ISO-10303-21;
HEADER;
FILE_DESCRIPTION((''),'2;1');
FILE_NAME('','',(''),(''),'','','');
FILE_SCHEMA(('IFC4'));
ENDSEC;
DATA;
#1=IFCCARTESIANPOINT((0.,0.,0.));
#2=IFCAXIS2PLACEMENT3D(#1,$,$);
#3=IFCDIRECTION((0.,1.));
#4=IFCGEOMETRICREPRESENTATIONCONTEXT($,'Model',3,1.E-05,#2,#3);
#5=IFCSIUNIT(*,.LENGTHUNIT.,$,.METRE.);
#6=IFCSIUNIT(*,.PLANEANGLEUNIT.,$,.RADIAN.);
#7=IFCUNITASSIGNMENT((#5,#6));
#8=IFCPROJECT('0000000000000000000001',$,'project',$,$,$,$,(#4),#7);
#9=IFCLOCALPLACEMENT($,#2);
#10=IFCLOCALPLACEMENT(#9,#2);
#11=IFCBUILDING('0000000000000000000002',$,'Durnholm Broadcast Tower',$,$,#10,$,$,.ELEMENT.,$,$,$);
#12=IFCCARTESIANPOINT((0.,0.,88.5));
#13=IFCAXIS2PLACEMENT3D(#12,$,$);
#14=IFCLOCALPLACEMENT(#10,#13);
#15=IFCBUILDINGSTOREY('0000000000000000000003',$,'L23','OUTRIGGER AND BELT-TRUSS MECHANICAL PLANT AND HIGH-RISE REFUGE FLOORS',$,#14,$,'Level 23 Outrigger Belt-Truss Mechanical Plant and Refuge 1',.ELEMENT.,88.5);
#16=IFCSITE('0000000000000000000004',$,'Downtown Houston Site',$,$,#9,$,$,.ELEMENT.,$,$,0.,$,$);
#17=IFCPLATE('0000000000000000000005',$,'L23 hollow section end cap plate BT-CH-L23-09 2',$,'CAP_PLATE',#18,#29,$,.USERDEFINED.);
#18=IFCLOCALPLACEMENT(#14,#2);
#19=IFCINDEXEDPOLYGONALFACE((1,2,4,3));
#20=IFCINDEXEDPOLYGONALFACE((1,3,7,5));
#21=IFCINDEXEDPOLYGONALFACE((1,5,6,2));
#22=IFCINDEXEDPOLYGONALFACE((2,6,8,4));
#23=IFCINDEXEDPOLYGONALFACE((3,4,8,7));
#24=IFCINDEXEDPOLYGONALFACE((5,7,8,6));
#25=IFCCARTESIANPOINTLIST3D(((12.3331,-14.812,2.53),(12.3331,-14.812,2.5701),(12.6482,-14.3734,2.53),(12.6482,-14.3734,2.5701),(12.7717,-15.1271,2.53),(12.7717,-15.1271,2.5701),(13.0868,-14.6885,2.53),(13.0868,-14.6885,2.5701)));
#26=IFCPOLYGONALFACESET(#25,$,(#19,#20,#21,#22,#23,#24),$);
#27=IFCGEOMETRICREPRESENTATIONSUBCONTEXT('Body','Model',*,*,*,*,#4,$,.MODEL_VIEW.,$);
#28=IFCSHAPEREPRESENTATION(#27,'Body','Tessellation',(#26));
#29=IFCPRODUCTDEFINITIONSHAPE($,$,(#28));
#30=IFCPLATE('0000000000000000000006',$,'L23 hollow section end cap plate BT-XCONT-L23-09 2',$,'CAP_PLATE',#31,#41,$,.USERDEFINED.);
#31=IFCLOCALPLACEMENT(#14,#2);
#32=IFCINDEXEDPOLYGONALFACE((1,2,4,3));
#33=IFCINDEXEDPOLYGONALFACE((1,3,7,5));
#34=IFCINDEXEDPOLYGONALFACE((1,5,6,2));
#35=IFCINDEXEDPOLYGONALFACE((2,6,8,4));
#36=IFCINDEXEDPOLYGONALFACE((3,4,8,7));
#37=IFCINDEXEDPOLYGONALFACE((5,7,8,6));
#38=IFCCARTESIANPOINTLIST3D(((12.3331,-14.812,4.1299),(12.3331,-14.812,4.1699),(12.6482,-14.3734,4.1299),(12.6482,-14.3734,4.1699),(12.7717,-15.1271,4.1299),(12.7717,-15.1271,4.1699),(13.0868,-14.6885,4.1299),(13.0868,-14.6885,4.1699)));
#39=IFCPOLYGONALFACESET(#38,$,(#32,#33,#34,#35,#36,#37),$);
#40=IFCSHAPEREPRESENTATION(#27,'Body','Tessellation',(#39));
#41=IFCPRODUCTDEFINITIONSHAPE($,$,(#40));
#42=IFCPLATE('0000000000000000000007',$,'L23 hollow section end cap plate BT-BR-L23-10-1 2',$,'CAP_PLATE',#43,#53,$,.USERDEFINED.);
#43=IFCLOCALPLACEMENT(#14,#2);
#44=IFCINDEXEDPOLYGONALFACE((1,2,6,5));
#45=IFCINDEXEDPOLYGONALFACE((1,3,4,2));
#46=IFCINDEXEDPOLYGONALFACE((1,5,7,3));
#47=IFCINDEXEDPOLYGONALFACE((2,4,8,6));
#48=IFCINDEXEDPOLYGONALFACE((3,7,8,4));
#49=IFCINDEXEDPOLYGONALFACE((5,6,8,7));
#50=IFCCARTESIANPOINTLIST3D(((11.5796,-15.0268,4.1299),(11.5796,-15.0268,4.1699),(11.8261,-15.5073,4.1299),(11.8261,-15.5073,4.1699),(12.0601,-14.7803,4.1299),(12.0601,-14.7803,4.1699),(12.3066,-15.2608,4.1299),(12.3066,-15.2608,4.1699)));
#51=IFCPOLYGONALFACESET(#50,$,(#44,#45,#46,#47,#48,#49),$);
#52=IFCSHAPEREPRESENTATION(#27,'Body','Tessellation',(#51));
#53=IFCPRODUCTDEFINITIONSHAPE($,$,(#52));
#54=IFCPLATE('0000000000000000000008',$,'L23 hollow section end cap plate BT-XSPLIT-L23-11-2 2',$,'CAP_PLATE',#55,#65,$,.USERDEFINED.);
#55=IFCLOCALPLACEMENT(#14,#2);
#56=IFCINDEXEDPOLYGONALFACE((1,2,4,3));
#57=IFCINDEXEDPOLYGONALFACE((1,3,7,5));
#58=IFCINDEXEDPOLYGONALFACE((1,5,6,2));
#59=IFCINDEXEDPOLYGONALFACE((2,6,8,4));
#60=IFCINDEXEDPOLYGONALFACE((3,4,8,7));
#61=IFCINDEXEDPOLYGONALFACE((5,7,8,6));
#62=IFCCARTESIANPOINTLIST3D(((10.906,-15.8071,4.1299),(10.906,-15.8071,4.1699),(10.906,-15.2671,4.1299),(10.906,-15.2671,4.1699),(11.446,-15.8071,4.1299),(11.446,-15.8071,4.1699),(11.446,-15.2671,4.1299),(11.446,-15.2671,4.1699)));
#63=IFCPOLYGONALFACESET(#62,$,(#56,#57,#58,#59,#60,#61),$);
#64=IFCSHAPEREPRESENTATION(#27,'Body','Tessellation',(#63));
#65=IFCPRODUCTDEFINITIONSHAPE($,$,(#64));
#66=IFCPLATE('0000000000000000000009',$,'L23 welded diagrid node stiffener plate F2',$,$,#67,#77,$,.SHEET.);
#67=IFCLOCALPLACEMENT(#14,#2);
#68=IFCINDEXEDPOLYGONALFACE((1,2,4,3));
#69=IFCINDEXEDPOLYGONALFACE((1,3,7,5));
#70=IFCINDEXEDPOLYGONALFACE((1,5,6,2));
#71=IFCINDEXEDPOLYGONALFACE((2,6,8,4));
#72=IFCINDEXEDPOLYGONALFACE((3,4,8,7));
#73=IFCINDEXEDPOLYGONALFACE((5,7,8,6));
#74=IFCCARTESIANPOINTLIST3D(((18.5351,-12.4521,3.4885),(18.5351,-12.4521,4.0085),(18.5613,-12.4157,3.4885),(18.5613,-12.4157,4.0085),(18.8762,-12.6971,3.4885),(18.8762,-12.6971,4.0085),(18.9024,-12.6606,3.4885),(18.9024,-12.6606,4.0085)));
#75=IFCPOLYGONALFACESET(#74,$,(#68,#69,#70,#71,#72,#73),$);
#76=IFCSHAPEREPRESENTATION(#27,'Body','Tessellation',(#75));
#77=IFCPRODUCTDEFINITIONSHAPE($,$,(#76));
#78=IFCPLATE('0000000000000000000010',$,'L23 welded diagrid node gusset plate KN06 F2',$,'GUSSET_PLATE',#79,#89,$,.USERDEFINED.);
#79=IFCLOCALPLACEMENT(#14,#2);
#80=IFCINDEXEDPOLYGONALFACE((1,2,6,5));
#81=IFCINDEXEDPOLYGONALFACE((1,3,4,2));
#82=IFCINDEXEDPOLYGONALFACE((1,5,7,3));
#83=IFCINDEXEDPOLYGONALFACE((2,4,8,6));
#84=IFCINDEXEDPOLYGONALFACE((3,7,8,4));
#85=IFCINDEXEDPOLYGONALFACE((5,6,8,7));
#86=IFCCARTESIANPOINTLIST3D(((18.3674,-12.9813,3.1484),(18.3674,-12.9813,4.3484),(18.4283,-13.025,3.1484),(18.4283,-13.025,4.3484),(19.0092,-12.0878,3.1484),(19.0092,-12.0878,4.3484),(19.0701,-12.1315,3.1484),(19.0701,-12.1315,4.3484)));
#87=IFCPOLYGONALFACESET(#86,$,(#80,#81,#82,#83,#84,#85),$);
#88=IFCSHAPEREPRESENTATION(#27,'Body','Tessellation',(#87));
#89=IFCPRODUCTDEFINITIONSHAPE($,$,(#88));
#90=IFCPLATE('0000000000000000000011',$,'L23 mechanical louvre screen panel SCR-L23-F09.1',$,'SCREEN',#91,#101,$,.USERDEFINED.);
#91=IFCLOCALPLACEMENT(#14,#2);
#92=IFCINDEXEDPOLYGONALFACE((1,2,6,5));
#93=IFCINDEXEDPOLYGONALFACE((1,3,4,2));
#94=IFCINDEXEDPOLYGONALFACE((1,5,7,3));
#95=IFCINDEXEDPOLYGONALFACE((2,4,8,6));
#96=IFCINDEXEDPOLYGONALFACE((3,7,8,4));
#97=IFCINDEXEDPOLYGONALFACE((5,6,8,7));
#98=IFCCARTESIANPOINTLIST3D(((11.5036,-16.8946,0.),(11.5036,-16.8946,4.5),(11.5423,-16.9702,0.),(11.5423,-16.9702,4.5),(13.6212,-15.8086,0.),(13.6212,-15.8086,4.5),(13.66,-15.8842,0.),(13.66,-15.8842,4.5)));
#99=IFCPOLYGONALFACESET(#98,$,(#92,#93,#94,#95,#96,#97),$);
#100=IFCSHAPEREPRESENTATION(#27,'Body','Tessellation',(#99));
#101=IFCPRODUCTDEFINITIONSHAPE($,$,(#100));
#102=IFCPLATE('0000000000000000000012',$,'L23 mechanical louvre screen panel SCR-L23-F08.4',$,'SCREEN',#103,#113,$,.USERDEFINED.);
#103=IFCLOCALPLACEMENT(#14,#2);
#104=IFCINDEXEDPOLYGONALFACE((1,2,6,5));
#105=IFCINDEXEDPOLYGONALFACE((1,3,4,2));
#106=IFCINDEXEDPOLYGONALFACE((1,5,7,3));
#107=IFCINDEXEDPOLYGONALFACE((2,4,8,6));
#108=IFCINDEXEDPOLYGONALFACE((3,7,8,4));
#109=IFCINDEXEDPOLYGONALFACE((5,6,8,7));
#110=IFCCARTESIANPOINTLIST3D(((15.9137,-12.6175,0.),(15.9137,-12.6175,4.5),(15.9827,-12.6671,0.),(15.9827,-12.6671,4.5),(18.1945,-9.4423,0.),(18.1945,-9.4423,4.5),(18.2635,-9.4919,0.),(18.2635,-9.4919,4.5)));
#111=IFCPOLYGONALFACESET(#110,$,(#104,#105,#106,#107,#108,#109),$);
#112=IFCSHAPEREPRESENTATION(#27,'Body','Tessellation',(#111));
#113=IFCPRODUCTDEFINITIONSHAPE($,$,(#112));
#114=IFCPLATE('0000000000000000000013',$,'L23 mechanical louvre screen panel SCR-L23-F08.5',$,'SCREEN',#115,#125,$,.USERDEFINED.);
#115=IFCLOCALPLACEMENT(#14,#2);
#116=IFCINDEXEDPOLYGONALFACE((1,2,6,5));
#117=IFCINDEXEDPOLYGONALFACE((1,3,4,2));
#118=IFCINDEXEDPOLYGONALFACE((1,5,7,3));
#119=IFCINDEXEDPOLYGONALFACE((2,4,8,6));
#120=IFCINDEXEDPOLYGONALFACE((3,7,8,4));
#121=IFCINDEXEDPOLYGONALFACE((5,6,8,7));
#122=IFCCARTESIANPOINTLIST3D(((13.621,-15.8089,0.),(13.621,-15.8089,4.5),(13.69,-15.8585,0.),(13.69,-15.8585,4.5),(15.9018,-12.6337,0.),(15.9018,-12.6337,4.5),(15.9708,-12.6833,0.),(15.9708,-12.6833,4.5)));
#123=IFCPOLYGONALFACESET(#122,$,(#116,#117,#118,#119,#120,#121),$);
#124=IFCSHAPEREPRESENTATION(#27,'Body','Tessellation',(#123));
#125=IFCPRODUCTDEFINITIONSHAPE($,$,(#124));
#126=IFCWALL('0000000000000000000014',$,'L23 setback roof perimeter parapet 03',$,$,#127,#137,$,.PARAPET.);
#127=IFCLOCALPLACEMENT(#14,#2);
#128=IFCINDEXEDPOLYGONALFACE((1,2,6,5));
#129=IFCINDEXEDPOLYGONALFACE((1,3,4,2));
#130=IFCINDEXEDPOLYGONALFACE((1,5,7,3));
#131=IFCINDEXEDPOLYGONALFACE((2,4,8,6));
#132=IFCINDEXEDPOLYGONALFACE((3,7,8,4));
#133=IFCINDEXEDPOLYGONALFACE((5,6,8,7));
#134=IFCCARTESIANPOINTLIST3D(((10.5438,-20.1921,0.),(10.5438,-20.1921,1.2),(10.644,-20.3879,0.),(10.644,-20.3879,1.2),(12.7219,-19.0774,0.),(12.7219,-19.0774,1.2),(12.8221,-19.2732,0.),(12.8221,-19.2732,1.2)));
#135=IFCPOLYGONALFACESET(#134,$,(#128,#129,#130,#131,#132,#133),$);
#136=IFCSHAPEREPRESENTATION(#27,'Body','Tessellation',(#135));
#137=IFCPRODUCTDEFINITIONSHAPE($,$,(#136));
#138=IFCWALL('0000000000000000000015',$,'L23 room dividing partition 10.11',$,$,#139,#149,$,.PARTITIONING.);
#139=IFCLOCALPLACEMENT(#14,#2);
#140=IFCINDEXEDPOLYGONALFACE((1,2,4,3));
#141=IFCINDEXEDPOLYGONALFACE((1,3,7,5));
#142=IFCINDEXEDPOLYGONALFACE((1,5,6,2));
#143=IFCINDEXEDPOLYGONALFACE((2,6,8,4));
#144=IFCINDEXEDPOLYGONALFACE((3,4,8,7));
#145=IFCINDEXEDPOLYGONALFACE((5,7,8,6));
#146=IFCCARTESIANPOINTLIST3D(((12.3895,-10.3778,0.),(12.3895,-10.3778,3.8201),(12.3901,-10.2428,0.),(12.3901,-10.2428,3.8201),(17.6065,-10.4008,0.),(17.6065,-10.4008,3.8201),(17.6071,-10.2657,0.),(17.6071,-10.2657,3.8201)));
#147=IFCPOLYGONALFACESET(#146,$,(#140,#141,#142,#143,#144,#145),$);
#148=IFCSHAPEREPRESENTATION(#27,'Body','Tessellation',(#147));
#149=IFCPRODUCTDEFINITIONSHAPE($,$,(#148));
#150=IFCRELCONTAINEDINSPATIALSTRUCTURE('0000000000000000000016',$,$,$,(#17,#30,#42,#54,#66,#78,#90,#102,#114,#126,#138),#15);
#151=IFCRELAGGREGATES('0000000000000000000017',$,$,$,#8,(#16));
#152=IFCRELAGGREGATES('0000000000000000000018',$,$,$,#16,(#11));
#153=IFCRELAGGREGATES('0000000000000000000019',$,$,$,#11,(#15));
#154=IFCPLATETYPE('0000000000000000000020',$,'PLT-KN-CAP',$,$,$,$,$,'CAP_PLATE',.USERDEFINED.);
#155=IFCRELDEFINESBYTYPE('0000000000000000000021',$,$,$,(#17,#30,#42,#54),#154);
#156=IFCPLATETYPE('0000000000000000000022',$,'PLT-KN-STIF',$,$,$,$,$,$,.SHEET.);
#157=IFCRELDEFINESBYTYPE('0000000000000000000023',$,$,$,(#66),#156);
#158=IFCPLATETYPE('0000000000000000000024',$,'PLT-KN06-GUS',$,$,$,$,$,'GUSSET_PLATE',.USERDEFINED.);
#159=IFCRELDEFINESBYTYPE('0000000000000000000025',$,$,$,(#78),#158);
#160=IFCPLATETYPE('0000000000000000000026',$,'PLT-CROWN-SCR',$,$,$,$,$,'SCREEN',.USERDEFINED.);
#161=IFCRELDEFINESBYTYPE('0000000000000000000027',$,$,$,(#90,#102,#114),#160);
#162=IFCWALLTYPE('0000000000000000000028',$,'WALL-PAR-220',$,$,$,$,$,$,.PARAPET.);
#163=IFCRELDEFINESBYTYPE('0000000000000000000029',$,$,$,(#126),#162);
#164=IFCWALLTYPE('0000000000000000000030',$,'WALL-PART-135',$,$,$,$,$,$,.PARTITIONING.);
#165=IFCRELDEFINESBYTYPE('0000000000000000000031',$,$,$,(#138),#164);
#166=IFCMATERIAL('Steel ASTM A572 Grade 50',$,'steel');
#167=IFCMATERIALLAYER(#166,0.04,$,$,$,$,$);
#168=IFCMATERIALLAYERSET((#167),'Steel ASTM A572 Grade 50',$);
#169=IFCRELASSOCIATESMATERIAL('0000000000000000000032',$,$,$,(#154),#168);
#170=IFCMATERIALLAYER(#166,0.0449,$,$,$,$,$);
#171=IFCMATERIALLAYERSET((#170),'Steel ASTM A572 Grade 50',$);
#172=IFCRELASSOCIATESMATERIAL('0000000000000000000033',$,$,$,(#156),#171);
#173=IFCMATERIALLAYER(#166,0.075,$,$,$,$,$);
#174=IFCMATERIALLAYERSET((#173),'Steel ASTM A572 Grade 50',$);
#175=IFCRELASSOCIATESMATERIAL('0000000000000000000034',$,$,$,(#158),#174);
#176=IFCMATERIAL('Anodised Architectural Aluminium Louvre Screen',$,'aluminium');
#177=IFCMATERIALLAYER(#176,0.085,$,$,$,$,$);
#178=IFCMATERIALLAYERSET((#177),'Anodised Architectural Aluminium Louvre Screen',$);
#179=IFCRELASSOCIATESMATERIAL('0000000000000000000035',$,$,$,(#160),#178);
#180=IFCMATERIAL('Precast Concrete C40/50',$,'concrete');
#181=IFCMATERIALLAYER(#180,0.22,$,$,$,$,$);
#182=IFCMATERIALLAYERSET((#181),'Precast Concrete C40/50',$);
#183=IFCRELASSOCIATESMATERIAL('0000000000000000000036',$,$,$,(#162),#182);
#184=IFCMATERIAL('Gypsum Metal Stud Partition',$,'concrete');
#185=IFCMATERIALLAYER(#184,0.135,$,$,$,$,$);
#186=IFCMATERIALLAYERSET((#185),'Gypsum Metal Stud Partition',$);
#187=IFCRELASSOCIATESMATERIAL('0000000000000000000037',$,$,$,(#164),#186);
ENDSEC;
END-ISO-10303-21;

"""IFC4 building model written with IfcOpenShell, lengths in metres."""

from ifc_helpers import new_model, si_unit, direction, frame, frame_2d, origin, origin_2d, place, context, subcontext, project, spatial, rectangle, extrude, source, transform, mapped, material, layer, layer_set, type_object, type_shapes, element, save


model = new_model("IFC4")

# Units and contexts
model_context = context("Model", 3, precision=1e-05, world=origin(), true_north=direction((0.0, 1.0)))
body_context = subcontext(model_context, "Body", "Model", "MODEL_VIEW")
ifc_project = project(units=[si_unit("LENGTHUNIT", "METRE"), si_unit("PLANEANGLEUNIT", "RADIAN")], contexts=[model_context])

# Site, building, storey
site_placement = place(None, origin())
site = spatial("IfcSite", under=ifc_project, at=site_placement, Name="Downtown Houston Site", CompositionType="ELEMENT", RefElevation=0.0)
building_placement = place(site_placement, origin())
building = spatial("IfcBuilding", under=site, at=building_placement, Name="Durnholm Broadcast Tower", CompositionType="ELEMENT")
storey_placement = place(building_placement, frame((0.0, 0.0, 88.5)))
storey = spatial("IfcBuildingStorey", under=building, at=storey_placement, Name="L23", Description="OUTRIGGER AND BELT-TRUSS MECHANICAL PLANT AND HIGH-RISE REFUGE FLOORS", LongName="Level 23 Outrigger Belt-Truss Mechanical Plant and Refuge 1", CompositionType="ELEMENT", Elevation=88.5)

# Plates
ifc_material_1 = material(Name="Steel ASTM A572 Grade 50", Category="steel")
ifc_layer_1 = layer(ifc_material_1, 0.04)
ifc_layer_set_1 = layer_set([ifc_layer_1], Name="Steel ASTM A572 Grade 50")
plate_type_1 = type_object("IfcPlateType", Name="PLT-KN-CAP", ElementType="CAP_PLATE", PredefinedType="USERDEFINED", material=ifc_layer_set_1)
shared_shape_1 = source(origin(), body_context, "Body", "SweptSolid", [
    extrude(rectangle(XDim=0.54, YDim=0.54, at=origin_2d()), origin(), (0.0, 0.0, 1.0), 0.04),
])
type_shapes(plate_type_1, [shared_shape_1])
for number, where, z_axis, x_axis, name in (
    (1, (12.71, -14.7502, 2.53), (0.0, 0.0, 1.0), (-0.583399, -0.812185, 0.0), "L23 hollow section end cap plate BT-CH-L23-09 2"),
    (2, (12.71, -14.7502, 4.1299), (0.0, 0.0, 1.0), (-0.583399, -0.812185, 0.0), "L23 hollow section end cap plate BT-XCONT-L23-09 2"),
    (3, (11.9431, -15.1438, 4.1299), (0.0, 0.0, 1.0), (-0.889735, -0.456477, 0.0), "L23 hollow section end cap plate BT-BR-L23-10-1 2"),
    (4, (11.176, -15.5371, 4.1299), (0.0, 0.0, 1.0), (1.0, 0.0, 0.0), "L23 hollow section end cap plate BT-XSPLIT-L23-11-2 2"),
):
    element("IfcPlate", number, at=place(storey_placement, frame(where, z_axis=z_axis, x_axis=x_axis)), inside=storey, type_object=plate_type_1, Name=name, ObjectType="CAP_PLATE", PredefinedType="USERDEFINED", context=body_context, shape_type="MappedRepresentation", body=[
        mapped(shared_shape_1, transform((0.0, 0.0, 0.0), x_axis=(1.0, 0.0, 0.0), y_axis=(0.0, 1.0, 0.0), z_axis=(0.0, 0.0, 1.0), scale=1.0)),
    ])
ifc_layer_2 = layer(ifc_material_1, 0.0449)
ifc_layer_set_2 = layer_set([ifc_layer_2], Name="Steel ASTM A572 Grade 50")
plate_type_2 = type_object("IfcPlateType", Name="PLT-KN-STIF", PredefinedType="SHEET", material=ifc_layer_set_2)
shared_shape_2 = source(origin(), body_context, "Body", "SweptSolid", [
    extrude(rectangle(XDim=0.0449, YDim=0.4199, at=origin_2d()), origin(), (0.0, 0.0, 1.0), 0.52),
])
type_shapes(plate_type_2, [shared_shape_2])
plate_1_placement = place(storey_placement, frame((18.7188, -12.5564, 3.4885), z_axis=(0.0, 0.0, 1.0), x_axis=(0.583399, 0.812185, 0.0)))
element("IfcPlate", 5, at=plate_1_placement, inside=storey, type_object=plate_type_2, Name="L23 welded diagrid node stiffener plate F2", PredefinedType="SHEET", context=body_context, shape_type="MappedRepresentation", body=[
    mapped(shared_shape_2, transform((0.0, 0.0, 0.0), x_axis=(1.0, 0.0, 0.0), y_axis=(0.0, 1.0, 0.0), z_axis=(0.0, 0.0, 1.0), scale=1.0)),
])
ifc_layer_3 = layer(ifc_material_1, 0.075)
ifc_layer_set_3 = layer_set([ifc_layer_3], Name="Steel ASTM A572 Grade 50")
plate_type_3 = type_object("IfcPlateType", Name="PLT-KN06-GUS", ElementType="GUSSET_PLATE", PredefinedType="USERDEFINED", material=ifc_layer_set_3)
shared_shape_3 = source(origin(), body_context, "Body", "SweptSolid", [
    extrude(rectangle(XDim=1.1001, YDim=0.075, at=origin_2d()), origin(), (0.0, 0.0, 1.0), 1.2),
])
type_shapes(plate_type_3, [shared_shape_3])
plate_2_placement = place(storey_placement, frame((18.7188, -12.5564, 3.1484), z_axis=(0.0, 0.0, 1.0), x_axis=(0.583399, 0.812185, 0.0)))
element("IfcPlate", 6, at=plate_2_placement, inside=storey, type_object=plate_type_3, Name="L23 welded diagrid node gusset plate KN06 F2", ObjectType="GUSSET_PLATE", PredefinedType="USERDEFINED", context=body_context, shape_type="MappedRepresentation", body=[
    mapped(shared_shape_3, transform((0.0, 0.0, 0.0), x_axis=(1.0, 0.0, 0.0), y_axis=(0.0, 1.0, 0.0), z_axis=(0.0, 0.0, 1.0), scale=1.0)),
])
ifc_material_2 = material(Name="Anodised Architectural Aluminium Louvre Screen", Category="aluminium")
ifc_layer_4 = layer(ifc_material_2, 0.085)
ifc_layer_set_4 = layer_set([ifc_layer_4], Name="Anodised Architectural Aluminium Louvre Screen")
plate_type_4 = type_object("IfcPlateType", Name="PLT-CROWN-SCR", ElementType="SCREEN", PredefinedType="USERDEFINED", material=ifc_layer_set_4)
shared_shape_4 = source(origin(), body_context, "Body", "SweptSolid", [
    extrude(rectangle(XDim=2.3799, YDim=0.085, at=origin_2d()), origin(), (0.0, 0.0, 1.0), 4.5),
])
plate_3_placement = place(storey_placement, frame((12.5818, -16.3894, 0.0), z_axis=(0.0, 0.0, 1.0), x_axis=(-0.889815, -0.456322, 0.0)))
element("IfcPlate", 7, at=plate_3_placement, inside=storey, type_object=plate_type_4, Name="L23 mechanical louvre screen panel SCR-L23-F09.1", ObjectType="SCREEN", PredefinedType="USERDEFINED", context=body_context, shape_type="MappedRepresentation", body=[
    mapped(shared_shape_4, transform((0.0, 0.0, 0.0), x_axis=(1.0, 0.0, 0.0), y_axis=(0.0, 1.0, 0.0), z_axis=(0.0, 0.0, 1.0), scale=1.0)),
])
shared_shape_5 = source(origin(), body_context, "Body", "SweptSolid", [
    extrude(rectangle(XDim=3.9094, YDim=0.085, at=origin_2d()), origin(), (0.0, 0.0, 1.0), 4.5),
])
type_shapes(plate_type_4, [shared_shape_4, shared_shape_5])
for number, where, z_axis, x_axis, name in (
    (8, (17.0886, -11.0547, 0.0), (0.0, 0.0, 1.0), (-0.583399, -0.812185, 0.0), "L23 mechanical louvre screen panel SCR-L23-F08.4"),
    (9, (14.7959, -14.2461, 0.0), (0.0, 0.0, 1.0), (-0.583399, -0.812185, 0.0), "L23 mechanical louvre screen panel SCR-L23-F08.5"),
):
    element("IfcPlate", number, at=place(storey_placement, frame(where, z_axis=z_axis, x_axis=x_axis)), inside=storey, type_object=plate_type_4, Name=name, ObjectType="SCREEN", PredefinedType="USERDEFINED", context=body_context, shape_type="MappedRepresentation", body=[
        mapped(shared_shape_5, transform((0.0, 0.0, 0.0), x_axis=(1.0, 0.0, 0.0), y_axis=(0.0, 1.0, 0.0), z_axis=(0.0, 0.0, 1.0), scale=1.0)),
    ])

# Walls
ifc_material_3 = material(Name="Precast Concrete C40/50", Category="concrete")
ifc_layer_5 = layer(ifc_material_3, 0.22)
ifc_layer_set_5 = layer_set([ifc_layer_5], Name="Precast Concrete C40/50")
wall_type_1 = type_object("IfcWallType", Name="WALL-PAR-220", PredefinedType="PARAPET", material=ifc_layer_set_5)
wall_1_placement = place(storey_placement, frame((12.772, -19.1753, 0.0), z_axis=(0.0, 0.0, 1.0), x_axis=(-0.890197, -0.455575, 0.0)))
element("IfcWall", 10, at=wall_1_placement, inside=storey, type_object=wall_type_1, Name="L23 setback roof perimeter parapet 03", PredefinedType="PARAPET", context=body_context, shape_type="SweptSolid", body=[
    extrude(rectangle(XDim=2.4468, YDim=0.22, at=frame_2d((1.2234, 0.0))), origin(), (0.0, 0.0, 1.0), 1.2),
])
ifc_material_4 = material(Name="Gypsum Metal Stud Partition", Category="concrete")
ifc_layer_6 = layer(ifc_material_4, 0.135)
ifc_layer_set_6 = layer_set([ifc_layer_6], Name="Gypsum Metal Stud Partition")
wall_type_2 = type_object("IfcWallType", Name="WALL-PART-135", PredefinedType="PARTITIONING", material=ifc_layer_set_6)
wall_2_placement = place(storey_placement, frame((12.3899, -10.3103, 0.0), z_axis=(0.0, 0.0, 1.0), x_axis=(0.99999, -0.004399, 0.0)))
element("IfcWall", 11, at=wall_2_placement, inside=storey, type_object=wall_type_2, Name="L23 room dividing partition 10.11", PredefinedType="PARTITIONING", context=body_context, shape_type="SweptSolid", body=[
    extrude(rectangle(XDim=5.217, YDim=0.135, at=frame_2d((2.6084, 0.0))), origin(), (0.0, 0.0, 1.0), 3.8201),
])

save(model, "model.ifc")
